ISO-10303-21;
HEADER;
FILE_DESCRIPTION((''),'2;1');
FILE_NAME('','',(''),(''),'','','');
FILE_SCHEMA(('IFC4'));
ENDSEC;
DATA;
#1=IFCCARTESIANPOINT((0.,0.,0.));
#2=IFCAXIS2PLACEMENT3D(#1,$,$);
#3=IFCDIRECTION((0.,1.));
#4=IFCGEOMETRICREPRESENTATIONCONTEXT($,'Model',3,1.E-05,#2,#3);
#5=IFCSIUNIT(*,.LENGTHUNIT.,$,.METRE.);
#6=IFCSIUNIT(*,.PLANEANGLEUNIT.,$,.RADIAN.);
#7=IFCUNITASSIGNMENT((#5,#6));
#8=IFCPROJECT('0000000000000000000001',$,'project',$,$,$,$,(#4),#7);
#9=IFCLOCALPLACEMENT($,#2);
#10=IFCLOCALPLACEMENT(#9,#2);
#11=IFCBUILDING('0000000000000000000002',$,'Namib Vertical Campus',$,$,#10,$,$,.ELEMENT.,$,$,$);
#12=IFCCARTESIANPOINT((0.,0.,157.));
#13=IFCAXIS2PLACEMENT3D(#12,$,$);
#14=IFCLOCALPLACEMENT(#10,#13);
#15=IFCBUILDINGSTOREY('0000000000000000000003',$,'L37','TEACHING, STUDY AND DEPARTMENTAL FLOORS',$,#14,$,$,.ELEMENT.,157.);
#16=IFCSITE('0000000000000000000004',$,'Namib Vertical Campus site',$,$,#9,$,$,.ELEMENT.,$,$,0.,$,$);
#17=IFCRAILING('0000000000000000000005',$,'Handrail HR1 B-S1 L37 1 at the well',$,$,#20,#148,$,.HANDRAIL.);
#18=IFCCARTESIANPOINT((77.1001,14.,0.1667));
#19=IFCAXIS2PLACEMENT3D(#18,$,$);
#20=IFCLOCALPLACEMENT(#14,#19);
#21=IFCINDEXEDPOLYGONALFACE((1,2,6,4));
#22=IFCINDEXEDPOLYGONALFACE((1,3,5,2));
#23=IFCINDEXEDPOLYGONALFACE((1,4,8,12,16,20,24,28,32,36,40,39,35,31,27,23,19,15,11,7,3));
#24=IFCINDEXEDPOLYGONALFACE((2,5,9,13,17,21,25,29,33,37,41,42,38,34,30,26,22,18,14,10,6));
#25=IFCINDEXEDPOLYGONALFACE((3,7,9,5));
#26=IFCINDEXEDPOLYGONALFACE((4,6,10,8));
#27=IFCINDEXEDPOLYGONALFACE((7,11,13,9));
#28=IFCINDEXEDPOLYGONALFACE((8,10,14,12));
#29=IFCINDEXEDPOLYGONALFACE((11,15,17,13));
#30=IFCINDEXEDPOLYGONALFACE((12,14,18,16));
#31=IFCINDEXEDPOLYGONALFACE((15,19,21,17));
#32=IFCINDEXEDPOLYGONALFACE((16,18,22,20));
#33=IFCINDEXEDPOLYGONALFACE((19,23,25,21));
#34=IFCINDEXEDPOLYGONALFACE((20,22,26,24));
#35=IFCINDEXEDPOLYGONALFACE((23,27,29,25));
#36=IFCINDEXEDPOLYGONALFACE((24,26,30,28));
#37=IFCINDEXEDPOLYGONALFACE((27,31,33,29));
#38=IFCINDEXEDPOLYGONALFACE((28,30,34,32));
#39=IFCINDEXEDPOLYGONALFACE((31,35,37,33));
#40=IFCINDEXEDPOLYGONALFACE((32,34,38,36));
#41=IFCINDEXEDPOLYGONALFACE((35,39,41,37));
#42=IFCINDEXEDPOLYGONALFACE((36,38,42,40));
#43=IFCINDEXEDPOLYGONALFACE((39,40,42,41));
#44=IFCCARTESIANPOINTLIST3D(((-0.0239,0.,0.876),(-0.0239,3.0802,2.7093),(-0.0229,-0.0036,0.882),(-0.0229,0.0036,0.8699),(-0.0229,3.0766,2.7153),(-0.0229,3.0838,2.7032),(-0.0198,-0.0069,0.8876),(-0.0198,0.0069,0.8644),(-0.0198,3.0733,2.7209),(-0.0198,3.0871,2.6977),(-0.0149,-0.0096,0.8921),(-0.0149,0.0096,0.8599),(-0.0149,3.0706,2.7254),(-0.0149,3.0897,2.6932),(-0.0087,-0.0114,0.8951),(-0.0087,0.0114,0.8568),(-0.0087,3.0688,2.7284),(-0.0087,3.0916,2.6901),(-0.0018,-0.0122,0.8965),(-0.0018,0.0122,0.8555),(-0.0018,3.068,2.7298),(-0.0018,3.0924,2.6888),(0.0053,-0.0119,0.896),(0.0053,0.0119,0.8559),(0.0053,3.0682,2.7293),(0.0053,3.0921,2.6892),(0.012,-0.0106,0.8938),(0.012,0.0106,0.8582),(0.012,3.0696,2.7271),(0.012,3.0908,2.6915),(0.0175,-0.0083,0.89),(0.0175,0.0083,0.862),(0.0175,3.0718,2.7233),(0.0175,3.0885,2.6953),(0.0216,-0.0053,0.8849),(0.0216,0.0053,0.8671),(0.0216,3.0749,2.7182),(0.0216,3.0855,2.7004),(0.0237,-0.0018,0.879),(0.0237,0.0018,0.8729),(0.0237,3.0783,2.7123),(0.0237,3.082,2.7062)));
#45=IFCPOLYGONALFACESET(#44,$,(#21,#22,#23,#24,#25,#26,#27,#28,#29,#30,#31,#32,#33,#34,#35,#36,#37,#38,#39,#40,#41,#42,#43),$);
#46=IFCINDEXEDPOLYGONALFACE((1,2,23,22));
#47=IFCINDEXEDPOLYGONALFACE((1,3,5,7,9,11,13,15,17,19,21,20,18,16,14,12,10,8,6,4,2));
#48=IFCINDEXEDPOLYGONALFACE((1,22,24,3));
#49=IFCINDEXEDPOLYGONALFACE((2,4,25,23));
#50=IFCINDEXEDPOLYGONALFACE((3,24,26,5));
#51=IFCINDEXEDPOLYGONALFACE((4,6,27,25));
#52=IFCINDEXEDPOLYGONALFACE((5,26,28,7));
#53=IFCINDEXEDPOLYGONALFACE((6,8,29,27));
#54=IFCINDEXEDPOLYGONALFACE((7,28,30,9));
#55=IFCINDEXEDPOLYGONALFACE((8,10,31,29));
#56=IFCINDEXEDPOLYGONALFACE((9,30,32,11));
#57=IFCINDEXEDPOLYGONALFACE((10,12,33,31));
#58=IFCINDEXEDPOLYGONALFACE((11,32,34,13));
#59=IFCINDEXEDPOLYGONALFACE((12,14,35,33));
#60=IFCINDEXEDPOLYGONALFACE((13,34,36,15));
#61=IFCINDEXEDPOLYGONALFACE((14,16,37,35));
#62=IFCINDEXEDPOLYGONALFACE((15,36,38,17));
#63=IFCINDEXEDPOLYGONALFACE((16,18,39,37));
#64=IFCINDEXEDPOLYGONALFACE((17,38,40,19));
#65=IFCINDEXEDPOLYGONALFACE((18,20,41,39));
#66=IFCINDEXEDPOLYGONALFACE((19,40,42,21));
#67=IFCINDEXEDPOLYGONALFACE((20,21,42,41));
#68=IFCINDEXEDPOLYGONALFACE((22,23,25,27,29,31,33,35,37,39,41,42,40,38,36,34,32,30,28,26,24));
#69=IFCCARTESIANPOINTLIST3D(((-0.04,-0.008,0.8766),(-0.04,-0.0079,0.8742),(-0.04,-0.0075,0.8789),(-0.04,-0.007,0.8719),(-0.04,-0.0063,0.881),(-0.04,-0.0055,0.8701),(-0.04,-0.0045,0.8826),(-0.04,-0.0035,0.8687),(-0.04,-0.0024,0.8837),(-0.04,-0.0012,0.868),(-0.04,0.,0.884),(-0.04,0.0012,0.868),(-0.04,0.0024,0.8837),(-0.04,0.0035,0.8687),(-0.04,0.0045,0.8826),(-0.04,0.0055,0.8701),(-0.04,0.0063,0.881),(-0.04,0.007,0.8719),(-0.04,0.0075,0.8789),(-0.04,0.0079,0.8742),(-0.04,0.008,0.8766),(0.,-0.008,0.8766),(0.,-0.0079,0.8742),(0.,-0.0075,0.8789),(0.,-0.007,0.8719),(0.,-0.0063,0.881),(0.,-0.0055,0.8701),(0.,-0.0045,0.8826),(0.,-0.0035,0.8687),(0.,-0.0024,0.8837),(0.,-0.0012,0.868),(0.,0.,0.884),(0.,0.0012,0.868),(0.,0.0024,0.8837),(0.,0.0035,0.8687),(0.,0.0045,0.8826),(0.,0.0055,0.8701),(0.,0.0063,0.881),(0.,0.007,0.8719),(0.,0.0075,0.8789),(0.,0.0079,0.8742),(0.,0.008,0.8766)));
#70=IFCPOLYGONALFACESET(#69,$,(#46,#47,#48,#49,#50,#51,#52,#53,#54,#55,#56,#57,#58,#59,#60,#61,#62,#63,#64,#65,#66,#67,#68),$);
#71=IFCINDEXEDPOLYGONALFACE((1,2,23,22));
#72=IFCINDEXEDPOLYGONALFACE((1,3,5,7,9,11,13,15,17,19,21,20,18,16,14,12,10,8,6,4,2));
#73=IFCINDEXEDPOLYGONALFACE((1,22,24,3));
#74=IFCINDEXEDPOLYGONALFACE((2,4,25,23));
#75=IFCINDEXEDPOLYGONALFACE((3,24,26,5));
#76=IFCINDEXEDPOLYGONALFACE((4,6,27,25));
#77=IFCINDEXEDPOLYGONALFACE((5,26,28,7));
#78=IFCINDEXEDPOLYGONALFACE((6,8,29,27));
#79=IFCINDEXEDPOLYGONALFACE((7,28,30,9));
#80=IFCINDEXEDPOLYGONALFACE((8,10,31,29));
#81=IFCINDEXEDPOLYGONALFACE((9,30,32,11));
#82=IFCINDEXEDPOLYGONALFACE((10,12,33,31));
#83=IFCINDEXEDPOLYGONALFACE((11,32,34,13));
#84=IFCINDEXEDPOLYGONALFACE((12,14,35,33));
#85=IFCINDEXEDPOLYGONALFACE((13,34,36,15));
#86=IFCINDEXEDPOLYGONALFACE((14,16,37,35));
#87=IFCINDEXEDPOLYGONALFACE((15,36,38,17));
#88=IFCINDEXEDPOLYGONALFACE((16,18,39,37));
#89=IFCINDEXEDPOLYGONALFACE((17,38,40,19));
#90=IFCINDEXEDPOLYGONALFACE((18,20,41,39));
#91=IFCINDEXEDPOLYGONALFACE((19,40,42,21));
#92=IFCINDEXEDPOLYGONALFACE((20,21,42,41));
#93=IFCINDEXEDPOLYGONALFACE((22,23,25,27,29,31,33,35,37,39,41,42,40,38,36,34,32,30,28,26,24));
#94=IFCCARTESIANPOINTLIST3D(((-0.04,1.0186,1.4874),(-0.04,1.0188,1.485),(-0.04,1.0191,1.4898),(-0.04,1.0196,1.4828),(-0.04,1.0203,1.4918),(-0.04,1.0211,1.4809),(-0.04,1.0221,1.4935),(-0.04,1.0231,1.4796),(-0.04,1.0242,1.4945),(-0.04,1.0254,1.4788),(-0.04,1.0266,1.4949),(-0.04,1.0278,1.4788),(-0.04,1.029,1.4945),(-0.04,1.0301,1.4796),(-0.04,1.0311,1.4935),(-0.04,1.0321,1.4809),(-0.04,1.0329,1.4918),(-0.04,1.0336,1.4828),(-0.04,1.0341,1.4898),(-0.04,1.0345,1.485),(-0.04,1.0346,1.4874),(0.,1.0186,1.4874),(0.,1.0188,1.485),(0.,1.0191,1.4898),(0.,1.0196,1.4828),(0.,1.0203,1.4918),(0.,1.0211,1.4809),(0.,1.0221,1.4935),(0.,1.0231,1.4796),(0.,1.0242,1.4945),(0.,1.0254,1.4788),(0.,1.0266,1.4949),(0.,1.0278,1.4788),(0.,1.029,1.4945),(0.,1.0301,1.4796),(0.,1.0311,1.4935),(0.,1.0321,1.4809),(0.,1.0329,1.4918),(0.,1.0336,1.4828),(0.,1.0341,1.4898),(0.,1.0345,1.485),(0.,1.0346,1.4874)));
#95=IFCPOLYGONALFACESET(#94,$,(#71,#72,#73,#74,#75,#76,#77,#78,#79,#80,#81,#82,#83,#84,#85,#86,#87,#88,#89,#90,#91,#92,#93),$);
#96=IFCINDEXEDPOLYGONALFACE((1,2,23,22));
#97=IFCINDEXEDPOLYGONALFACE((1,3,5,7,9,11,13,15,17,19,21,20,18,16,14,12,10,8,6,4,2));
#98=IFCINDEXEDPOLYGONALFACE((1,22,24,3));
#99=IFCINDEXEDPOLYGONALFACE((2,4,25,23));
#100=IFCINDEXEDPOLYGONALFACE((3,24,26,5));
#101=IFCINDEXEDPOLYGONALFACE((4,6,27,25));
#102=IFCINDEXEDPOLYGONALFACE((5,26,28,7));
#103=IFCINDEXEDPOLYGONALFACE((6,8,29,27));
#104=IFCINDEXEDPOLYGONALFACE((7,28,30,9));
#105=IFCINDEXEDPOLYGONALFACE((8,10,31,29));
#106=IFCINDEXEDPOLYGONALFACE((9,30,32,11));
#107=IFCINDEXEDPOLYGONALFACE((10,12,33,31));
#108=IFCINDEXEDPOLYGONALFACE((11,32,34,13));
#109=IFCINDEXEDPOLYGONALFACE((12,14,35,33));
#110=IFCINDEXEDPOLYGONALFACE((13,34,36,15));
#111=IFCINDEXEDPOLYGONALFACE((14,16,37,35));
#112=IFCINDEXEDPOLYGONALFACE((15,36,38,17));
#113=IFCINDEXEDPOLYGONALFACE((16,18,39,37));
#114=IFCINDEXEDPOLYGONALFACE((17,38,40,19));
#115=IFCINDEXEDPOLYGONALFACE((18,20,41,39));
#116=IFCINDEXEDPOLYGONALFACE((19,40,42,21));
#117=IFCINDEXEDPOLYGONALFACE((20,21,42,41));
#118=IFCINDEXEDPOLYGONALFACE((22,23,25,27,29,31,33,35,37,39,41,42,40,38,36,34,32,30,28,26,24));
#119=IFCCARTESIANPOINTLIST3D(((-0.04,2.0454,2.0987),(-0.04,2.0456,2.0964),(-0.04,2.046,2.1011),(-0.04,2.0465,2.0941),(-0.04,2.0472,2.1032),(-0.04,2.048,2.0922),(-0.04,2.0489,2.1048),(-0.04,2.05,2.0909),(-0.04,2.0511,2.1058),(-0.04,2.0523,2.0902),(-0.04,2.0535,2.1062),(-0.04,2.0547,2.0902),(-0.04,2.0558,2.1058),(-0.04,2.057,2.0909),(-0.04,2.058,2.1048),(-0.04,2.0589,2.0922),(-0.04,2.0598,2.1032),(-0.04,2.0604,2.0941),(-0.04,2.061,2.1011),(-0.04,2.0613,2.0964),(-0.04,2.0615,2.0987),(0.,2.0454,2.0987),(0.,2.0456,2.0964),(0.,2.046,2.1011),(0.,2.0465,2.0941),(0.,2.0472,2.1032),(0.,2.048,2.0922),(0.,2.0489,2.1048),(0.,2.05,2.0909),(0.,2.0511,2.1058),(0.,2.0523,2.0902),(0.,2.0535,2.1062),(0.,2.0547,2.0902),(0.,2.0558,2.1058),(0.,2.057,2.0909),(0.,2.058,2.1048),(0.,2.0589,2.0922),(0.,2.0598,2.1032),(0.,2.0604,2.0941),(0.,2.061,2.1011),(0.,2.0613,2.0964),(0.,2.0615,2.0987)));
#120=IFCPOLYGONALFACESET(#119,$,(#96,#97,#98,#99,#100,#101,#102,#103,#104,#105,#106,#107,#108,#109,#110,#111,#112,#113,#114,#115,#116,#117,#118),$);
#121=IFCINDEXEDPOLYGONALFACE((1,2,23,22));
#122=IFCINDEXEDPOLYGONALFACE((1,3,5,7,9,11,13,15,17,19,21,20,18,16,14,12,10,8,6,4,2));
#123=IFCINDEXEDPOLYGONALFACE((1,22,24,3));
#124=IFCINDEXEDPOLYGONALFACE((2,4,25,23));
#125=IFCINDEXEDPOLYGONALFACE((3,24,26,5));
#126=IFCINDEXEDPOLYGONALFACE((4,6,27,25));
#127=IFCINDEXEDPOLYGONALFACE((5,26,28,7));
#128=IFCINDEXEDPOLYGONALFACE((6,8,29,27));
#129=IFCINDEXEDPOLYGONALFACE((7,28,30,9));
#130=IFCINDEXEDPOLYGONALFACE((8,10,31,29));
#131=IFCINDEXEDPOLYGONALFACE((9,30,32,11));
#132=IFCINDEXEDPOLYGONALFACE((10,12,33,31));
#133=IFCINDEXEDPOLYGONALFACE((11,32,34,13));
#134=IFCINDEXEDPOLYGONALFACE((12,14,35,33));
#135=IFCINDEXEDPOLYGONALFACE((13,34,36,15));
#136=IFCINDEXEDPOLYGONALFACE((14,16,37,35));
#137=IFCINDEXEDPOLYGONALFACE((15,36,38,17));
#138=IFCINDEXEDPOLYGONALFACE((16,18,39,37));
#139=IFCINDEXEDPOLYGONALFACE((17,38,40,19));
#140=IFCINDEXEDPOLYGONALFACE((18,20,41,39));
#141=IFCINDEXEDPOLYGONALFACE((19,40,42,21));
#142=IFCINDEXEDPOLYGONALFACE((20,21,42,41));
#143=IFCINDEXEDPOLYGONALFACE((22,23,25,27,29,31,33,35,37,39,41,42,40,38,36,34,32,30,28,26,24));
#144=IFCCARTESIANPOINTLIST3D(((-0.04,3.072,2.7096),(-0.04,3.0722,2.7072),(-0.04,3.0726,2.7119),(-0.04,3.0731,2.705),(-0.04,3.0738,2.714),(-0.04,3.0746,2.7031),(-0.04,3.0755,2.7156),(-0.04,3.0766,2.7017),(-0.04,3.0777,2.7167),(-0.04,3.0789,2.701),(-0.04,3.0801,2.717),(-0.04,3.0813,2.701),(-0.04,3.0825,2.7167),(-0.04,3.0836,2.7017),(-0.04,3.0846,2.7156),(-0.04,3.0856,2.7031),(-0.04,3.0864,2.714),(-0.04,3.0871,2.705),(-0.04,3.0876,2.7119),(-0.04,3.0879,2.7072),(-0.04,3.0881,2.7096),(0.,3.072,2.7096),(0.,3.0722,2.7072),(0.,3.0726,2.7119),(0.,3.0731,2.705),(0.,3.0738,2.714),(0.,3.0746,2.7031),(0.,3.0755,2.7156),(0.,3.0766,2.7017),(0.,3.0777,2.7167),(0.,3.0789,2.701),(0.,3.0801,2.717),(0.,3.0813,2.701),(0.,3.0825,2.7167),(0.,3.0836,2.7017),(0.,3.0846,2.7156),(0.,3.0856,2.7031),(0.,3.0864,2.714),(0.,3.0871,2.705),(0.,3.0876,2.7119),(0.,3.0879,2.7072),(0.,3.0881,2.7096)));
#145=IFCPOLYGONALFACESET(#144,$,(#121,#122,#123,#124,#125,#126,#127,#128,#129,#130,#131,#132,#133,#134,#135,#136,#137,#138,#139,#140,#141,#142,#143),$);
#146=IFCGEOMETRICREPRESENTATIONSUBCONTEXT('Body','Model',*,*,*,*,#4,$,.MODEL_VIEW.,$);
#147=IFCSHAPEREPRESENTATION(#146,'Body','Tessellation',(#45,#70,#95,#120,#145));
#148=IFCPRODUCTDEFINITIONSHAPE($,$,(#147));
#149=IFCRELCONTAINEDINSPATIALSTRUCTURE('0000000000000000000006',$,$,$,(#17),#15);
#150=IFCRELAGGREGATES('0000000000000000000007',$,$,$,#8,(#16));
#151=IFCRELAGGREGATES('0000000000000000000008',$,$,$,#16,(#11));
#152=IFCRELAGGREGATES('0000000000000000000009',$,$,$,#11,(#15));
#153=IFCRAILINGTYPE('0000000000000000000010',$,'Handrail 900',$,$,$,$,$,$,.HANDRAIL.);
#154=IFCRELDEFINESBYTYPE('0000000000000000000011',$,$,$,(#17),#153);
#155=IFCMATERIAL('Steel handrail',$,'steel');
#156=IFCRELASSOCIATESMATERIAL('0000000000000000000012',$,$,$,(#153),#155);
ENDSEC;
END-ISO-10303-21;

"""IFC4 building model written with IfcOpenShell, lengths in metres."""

from ifc_helpers import new_model, si_unit, direction, frame, origin, origin_2d, place, context, subcontext, project, spatial, circle, extrude, material, type_object, element, save


model = new_model("IFC4")

# Units and contexts
model_context = context("Model", 3, precision=1e-05, world=origin(), true_north=direction((0.0, 1.0)))
body_context = subcontext(model_context, "Body", "Model", "MODEL_VIEW")
ifc_project = project(units=[si_unit("LENGTHUNIT", "METRE"), si_unit("PLANEANGLEUNIT", "RADIAN")], contexts=[model_context])

# Site, building, storey
site_placement = place(None, origin())
site = spatial("IfcSite", under=ifc_project, at=site_placement, Name="Namib Vertical Campus site", CompositionType="ELEMENT", RefElevation=0.0)
building_placement = place(site_placement, origin())
building = spatial("IfcBuilding", under=site, at=building_placement, Name="Namib Vertical Campus", CompositionType="ELEMENT")
storey_placement = place(building_placement, frame((0.0, 0.0, 157.0)))
storey = spatial("IfcBuildingStorey", under=building, at=storey_placement, Name="L37", Description="TEACHING, STUDY AND DEPARTMENTAL FLOORS", CompositionType="ELEMENT", Elevation=157.0)

# Railing
ifc_material_1 = material(Name="Steel handrail", Category="steel")
railing_type_1 = type_object("IfcRailingType", Name="Handrail 900", PredefinedType="HANDRAIL", material=ifc_material_1)
railing_1_placement = place(storey_placement, frame((77.1001, 14.0, 0.1667)))
element("IfcRailing", 1, at=railing_1_placement, inside=storey, type_object=railing_type_1, Name="Handrail HR1 B-S1 L37 1 at the well", PredefinedType="HANDRAIL", context=body_context, shape_type="SweptSolid", body=[
    extrude(circle(Radius=0.0239, at=origin_2d()), frame((0.0, 0.0, 0.876), z_axis=(0.0, 0.859309, 0.511458), x_axis=(-1.0, 0.0, 0.0)), (0.0, 0.0, 1.0), 3.5845),
    extrude(circle(Radius=0.0081, at=origin_2d()), frame((0.0, 0.0, 0.876), z_axis=(-1.0, 0.0, 0.0), x_axis=(0.0, 0.0, 1.0)), (0.0, 0.0, 1.0), 0.04),
    extrude(circle(Radius=0.0081, at=origin_2d()), frame((0.0, 1.0266, 1.4868), z_axis=(-1.0, 0.0, 0.0), x_axis=(0.0, 0.0, 1.0)), (0.0, 0.0, 1.0), 0.04),
    extrude(circle(Radius=0.0081, at=origin_2d()), frame((0.0, 2.0535, 2.0981), z_axis=(-1.0, 0.0, 0.0), x_axis=(0.0, 0.0, 1.0)), (0.0, 0.0, 1.0), 0.04),
    extrude(circle(Radius=0.0081, at=origin_2d()), frame((0.0, 3.0801, 2.709), z_axis=(-1.0, 0.0, 0.0), x_axis=(0.0, 0.0, 1.0)), (0.0, 0.0, 1.0), 0.04),
])

save(model, "model.ifc")
